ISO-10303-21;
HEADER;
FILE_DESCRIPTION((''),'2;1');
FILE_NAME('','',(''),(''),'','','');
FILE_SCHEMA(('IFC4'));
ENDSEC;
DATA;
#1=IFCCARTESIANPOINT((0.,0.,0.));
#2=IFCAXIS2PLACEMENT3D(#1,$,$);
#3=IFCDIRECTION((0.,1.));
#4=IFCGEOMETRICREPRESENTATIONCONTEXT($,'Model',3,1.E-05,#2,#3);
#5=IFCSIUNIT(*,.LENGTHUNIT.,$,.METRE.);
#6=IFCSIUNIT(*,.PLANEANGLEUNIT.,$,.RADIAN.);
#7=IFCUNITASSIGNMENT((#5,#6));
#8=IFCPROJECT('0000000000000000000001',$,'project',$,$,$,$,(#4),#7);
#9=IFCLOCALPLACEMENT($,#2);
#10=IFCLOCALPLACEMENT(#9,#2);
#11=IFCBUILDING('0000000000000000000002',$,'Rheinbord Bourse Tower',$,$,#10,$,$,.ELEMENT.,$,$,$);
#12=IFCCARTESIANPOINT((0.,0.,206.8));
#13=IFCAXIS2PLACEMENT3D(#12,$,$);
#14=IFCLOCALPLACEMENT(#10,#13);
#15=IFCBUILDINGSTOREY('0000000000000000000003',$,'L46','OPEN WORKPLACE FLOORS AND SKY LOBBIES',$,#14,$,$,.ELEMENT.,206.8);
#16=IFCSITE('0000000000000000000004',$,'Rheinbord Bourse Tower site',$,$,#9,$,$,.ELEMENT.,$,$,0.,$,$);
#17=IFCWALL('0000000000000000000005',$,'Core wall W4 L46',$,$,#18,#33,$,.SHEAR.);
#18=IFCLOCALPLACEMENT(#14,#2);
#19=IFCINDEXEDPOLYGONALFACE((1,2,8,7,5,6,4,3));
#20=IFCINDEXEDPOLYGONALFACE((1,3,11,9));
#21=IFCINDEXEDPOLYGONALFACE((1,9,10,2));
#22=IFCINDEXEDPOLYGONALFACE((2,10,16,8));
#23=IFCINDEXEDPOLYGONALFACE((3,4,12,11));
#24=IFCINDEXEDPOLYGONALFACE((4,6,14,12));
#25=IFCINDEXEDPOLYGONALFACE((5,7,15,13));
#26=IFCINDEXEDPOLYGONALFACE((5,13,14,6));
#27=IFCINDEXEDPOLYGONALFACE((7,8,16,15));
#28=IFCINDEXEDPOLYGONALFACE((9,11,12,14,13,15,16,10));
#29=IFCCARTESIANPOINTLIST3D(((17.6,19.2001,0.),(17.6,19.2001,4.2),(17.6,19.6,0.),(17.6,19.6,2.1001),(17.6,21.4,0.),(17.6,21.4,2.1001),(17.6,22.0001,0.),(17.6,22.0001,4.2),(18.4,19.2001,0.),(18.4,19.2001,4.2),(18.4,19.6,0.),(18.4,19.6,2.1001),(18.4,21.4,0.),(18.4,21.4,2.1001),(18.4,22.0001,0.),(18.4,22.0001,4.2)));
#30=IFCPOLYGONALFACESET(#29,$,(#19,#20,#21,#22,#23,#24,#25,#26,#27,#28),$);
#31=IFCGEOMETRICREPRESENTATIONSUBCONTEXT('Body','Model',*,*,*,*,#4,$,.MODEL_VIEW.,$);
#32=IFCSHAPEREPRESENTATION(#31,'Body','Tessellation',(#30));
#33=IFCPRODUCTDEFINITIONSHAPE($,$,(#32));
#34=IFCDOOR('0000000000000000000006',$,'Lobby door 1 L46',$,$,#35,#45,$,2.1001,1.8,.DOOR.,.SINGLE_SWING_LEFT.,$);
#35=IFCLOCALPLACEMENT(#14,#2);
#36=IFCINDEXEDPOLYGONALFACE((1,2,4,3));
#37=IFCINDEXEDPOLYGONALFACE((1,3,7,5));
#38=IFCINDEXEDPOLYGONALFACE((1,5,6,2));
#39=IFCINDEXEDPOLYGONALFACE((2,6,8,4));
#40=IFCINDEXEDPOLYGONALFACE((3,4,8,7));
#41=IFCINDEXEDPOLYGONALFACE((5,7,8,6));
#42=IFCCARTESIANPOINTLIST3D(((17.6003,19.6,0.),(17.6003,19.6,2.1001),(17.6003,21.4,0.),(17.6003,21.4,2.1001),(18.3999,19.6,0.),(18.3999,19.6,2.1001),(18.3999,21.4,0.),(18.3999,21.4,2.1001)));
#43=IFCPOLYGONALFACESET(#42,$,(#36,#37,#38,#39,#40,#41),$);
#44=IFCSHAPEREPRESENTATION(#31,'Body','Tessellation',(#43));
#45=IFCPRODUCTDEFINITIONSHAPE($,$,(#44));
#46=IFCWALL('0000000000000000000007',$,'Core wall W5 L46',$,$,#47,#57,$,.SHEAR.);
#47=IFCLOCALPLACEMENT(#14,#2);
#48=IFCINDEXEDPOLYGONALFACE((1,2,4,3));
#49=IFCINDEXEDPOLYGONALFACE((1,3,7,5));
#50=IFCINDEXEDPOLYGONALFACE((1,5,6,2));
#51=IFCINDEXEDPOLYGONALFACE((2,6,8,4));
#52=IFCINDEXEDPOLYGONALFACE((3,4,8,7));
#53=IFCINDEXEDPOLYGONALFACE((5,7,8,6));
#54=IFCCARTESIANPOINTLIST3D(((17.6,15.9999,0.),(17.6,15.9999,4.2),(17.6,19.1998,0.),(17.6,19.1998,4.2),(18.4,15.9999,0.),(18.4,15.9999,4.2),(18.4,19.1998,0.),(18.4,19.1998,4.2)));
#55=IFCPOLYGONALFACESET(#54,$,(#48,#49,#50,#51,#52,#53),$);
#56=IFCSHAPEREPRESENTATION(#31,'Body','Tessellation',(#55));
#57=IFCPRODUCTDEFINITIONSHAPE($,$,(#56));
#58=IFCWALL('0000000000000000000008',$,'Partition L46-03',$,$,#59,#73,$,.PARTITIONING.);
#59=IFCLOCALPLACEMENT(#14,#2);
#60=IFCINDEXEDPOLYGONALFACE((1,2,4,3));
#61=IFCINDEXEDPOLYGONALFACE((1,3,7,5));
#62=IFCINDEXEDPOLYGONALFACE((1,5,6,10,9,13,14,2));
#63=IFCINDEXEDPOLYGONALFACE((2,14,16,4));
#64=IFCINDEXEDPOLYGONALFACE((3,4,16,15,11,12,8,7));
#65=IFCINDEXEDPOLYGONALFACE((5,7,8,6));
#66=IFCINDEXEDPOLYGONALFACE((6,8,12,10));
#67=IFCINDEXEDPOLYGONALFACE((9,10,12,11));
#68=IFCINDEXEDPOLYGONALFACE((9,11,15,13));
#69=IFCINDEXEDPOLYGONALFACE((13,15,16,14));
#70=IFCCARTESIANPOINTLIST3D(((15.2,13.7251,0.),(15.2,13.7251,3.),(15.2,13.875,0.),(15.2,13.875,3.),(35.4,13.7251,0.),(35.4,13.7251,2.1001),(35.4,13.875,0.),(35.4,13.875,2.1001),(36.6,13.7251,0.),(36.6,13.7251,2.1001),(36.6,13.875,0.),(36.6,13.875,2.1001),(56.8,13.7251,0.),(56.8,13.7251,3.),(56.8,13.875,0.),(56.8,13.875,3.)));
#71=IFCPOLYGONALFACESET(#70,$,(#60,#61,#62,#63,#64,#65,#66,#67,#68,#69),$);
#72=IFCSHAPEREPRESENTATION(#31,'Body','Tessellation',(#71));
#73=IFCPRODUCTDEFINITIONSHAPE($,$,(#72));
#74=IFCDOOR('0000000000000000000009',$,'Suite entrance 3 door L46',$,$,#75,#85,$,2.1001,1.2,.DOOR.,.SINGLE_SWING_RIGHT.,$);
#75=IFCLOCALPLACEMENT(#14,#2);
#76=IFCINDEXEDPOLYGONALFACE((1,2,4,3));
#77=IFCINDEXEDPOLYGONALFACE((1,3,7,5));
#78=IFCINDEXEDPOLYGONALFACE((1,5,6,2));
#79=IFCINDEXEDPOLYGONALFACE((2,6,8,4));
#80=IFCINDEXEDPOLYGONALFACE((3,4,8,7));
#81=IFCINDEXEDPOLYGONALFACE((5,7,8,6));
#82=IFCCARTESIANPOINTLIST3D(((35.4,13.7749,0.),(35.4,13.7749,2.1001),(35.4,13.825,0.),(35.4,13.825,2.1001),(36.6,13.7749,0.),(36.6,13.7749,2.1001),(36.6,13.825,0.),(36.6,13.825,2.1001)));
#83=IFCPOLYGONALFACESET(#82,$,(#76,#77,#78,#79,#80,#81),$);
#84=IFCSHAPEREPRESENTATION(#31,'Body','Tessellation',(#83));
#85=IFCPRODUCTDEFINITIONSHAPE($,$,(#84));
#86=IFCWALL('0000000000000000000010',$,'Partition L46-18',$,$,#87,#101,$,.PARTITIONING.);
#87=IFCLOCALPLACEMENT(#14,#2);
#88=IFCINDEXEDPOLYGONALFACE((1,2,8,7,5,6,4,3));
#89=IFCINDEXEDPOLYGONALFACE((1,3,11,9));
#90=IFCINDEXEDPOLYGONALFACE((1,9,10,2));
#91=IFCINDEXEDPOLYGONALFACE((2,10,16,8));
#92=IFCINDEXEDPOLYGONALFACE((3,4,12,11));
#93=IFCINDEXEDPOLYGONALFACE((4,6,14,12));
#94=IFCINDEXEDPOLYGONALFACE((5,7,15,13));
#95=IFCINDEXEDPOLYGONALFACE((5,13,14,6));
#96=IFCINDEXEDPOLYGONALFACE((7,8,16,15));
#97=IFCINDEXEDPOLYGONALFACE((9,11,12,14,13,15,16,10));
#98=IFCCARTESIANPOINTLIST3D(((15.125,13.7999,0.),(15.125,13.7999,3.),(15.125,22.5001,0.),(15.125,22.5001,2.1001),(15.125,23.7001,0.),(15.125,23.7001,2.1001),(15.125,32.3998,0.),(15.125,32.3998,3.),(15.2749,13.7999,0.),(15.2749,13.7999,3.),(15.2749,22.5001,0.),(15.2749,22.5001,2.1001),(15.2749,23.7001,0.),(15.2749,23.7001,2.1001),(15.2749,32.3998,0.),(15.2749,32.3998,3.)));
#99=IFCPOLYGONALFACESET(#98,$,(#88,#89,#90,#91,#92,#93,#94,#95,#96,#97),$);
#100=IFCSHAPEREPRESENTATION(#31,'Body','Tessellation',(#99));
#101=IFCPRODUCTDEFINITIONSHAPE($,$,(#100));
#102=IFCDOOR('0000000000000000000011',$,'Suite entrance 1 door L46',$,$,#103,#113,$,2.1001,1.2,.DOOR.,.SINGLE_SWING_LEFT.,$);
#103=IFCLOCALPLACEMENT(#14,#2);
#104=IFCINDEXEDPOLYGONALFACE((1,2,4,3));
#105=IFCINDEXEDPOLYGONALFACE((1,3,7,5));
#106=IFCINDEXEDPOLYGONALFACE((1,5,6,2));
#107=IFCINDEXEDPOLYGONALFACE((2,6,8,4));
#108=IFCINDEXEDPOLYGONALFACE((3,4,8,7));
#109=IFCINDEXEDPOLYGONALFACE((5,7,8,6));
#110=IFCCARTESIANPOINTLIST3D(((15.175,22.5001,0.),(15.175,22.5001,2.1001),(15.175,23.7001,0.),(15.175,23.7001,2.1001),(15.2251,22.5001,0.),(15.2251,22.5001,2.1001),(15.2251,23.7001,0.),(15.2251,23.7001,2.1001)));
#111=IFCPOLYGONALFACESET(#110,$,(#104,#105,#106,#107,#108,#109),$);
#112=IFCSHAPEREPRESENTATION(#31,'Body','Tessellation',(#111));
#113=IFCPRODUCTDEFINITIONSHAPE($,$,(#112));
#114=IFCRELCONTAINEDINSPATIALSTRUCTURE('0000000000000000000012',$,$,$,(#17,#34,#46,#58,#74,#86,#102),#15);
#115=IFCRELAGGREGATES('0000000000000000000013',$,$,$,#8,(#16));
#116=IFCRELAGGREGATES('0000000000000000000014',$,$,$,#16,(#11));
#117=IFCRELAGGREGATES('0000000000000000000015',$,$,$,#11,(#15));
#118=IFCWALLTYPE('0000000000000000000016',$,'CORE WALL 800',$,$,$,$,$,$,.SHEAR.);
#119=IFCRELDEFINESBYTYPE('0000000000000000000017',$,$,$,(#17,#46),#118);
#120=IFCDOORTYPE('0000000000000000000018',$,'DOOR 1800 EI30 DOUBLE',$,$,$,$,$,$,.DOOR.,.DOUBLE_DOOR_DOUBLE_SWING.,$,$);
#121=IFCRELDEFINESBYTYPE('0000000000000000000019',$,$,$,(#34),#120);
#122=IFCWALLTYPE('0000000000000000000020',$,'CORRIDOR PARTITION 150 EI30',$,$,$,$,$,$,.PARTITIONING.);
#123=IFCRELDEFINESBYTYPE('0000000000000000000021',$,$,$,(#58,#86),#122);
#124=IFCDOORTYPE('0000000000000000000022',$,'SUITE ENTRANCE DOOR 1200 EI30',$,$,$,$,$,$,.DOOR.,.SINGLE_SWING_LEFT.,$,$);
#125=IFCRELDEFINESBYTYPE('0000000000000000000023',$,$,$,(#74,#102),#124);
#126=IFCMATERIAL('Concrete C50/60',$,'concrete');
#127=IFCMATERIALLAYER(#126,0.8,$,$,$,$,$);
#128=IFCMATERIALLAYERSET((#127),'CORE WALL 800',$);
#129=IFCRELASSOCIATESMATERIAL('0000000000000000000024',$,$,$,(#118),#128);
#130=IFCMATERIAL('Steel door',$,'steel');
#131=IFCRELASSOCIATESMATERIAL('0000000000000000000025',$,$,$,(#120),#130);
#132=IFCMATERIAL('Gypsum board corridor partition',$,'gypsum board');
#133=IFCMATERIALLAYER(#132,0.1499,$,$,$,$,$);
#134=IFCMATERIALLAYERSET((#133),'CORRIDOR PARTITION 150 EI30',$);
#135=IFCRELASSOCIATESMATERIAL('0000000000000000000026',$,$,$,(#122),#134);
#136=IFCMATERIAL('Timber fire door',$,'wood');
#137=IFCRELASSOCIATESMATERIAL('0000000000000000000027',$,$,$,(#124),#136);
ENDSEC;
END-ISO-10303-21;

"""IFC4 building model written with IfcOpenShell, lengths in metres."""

from ifc_helpers import new_model, si_unit, direction, frame, frame_2d, origin, place, context, subcontext, project, spatial, rectangle, extrude, material, layer, layer_set, type_object, element, fill, save


model = new_model("IFC4")

# Units and contexts
model_context = context("Model", 3, precision=1e-05, world=origin(), true_north=direction((0.0, 1.0)))
body_context = subcontext(model_context, "Body", "Model", "MODEL_VIEW")
ifc_project = project(units=[si_unit("LENGTHUNIT", "METRE"), si_unit("PLANEANGLEUNIT", "RADIAN")], contexts=[model_context])

# Site, building, storey
site_placement = place(None, origin())
site = spatial("IfcSite", under=ifc_project, at=site_placement, Name="Rheinbord Bourse Tower site", CompositionType="ELEMENT", RefElevation=0.0)
building_placement = place(site_placement, origin())
building = spatial("IfcBuilding", under=site, at=building_placement, Name="Rheinbord Bourse Tower", CompositionType="ELEMENT")
storey_placement = place(building_placement, frame((0.0, 0.0, 206.8)))
storey = spatial("IfcBuildingStorey", under=building, at=storey_placement, Name="L46", Description="OPEN WORKPLACE FLOORS AND SKY LOBBIES", CompositionType="ELEMENT", Elevation=206.8)

# Shared definitions
ifc_material_1 = material(Name="Concrete C50/60", Category="concrete")
ifc_layer_1 = layer(ifc_material_1, 0.8)
ifc_layer_set_1 = layer_set([ifc_layer_1], Name="CORE WALL 800")
wall_type_1 = type_object("IfcWallType", Name="CORE WALL 800", PredefinedType="SHEAR", material=ifc_layer_set_1)

# Wall, opening, door
wall_1_placement = place(storey_placement, frame((18.0, 22.0, 0.0), z_axis=(0.0, 0.0, 1.0), x_axis=(0.0, -1.0, 0.0)))
wall_1 = element("IfcWall", 1, at=wall_1_placement, inside=storey, type_object=wall_type_1, Name="Core wall W4 L46", PredefinedType="SHEAR", context=body_context, shape_type="SweptSolid", body=[
    extrude(rectangle(XDim=2.8, YDim=0.8, at=frame_2d((1.3999, 0.0))), origin(), (0.0, 0.0, 1.0), 4.2),
])
opening_1_placement = place(wall_1_placement, frame((0.6001, 0.0, 0.0)))
opening_1 = element("IfcOpeningElement", 2, at=opening_1_placement, cuts=wall_1, PredefinedType="OPENING", context=body_context, shape_type="SweptSolid", body=[
    extrude(rectangle(XDim=1.8, YDim=2.1001, at=frame_2d((0.8999, 1.05))), frame((0.0, 0.4099, 0.0), z_axis=(0.0, -1.0, 0.0), x_axis=(1.0, 0.0, 0.0)), (0.0, 0.0, 1.0), 0.8201),
])
ifc_material_2 = material(Name="Steel door", Category="steel")
door_type_1 = type_object("IfcDoorType", Name="DOOR 1800 EI30 DOUBLE", OperationType="DOUBLE_DOOR_DOUBLE_SWING", PredefinedType="DOOR", material=ifc_material_2)
door_1_placement = place(opening_1_placement, origin())
door_1 = element("IfcDoor", 3, at=door_1_placement, inside=storey, type_object=door_type_1, Name="Lobby door 1 L46", OperationType="SINGLE_SWING_LEFT", OverallHeight=2.1001, OverallWidth=1.8, PredefinedType="DOOR", context=body_context, shape_type="SweptSolid", body=[
    extrude(rectangle(XDim=1.8, YDim=2.1001, at=frame_2d((0.8999, 1.05))), frame((0.0, 0.3999, 0.0), z_axis=(0.0, -1.0, 0.0), x_axis=(1.0, 0.0, 0.0)), (0.0, 0.0, 1.0), 0.7996),
])
fill(opening_1, door_1)

# Wall
wall_2_placement = place(storey_placement, frame((18.0, 19.2, 0.0), z_axis=(0.0, 0.0, 1.0), x_axis=(0.0, -1.0, 0.0)))
element("IfcWall", 4, at=wall_2_placement, inside=storey, type_object=wall_type_1, Name="Core wall W5 L46", PredefinedType="SHEAR", context=body_context, shape_type="SweptSolid", body=[
    extrude(rectangle(XDim=3.2, YDim=0.8, at=frame_2d((1.6001, 0.0))), origin(), (0.0, 0.0, 1.0), 4.2),
])

# Walls, openings, doors
ifc_material_3 = material(Name="Gypsum board corridor partition", Category="gypsum board")
ifc_layer_2 = layer(ifc_material_3, 0.1499)
ifc_layer_set_2 = layer_set([ifc_layer_2], Name="CORRIDOR PARTITION 150 EI30")
wall_type_2 = type_object("IfcWallType", Name="CORRIDOR PARTITION 150 EI30", PredefinedType="PARTITIONING", material=ifc_layer_set_2)
wall_3_placement = place(storey_placement, frame((15.2, 13.8, 0.0), z_axis=(0.0, 0.0, 1.0), x_axis=(1.0, 0.0, 0.0)))
wall_3 = element("IfcWall", 5, at=wall_3_placement, inside=storey, type_object=wall_type_2, Name="Partition L46-03", PredefinedType="PARTITIONING", context=body_context, shape_type="SweptSolid", body=[
    extrude(rectangle(XDim=41.6001, YDim=0.1499, at=frame_2d((20.8, 0.0))), origin(), (0.0, 0.0, 1.0), 3.0),
])
opening_2_placement = place(wall_3_placement, frame((20.2, 0.0, 0.0)))
opening_2 = element("IfcOpeningElement", 6, at=opening_2_placement, cuts=wall_3, PredefinedType="OPENING", context=body_context, shape_type="SweptSolid", body=[
    extrude(rectangle(XDim=1.2, YDim=2.1001, at=frame_2d((0.6001, 1.05))), frame((0.0, 0.085, 0.0), z_axis=(0.0, -1.0, 0.0), x_axis=(1.0, 0.0, 0.0)), (0.0, 0.0, 1.0), 0.1699),
])
ifc_material_4 = material(Name="Timber fire door", Category="wood")
door_type_2 = type_object("IfcDoorType", Name="SUITE ENTRANCE DOOR 1200 EI30", OperationType="SINGLE_SWING_LEFT", PredefinedType="DOOR", material=ifc_material_4)
door_2_placement = place(opening_2_placement, origin())
door_2 = element("IfcDoor", 7, at=door_2_placement, inside=storey, type_object=door_type_2, Name="Suite entrance 3 door L46", OperationType="SINGLE_SWING_RIGHT", OverallHeight=2.1001, OverallWidth=1.2, PredefinedType="DOOR", context=body_context, shape_type="SweptSolid", body=[
    extrude(rectangle(XDim=1.2, YDim=2.1001, at=frame_2d((0.6001, 1.05))), frame((0.0, 0.0249, 0.0), z_axis=(0.0, -1.0, 0.0), x_axis=(1.0, 0.0, 0.0)), (0.0, 0.0, 1.0), 0.05),
])
fill(opening_2, door_2)
wall_4_placement = place(storey_placement, frame((15.2, 13.8, 0.0), z_axis=(0.0, 0.0, 1.0), x_axis=(0.0, 1.0, 0.0)))
wall_4 = element("IfcWall", 8, at=wall_4_placement, inside=storey, type_object=wall_type_2, Name="Partition L46-18", PredefinedType="PARTITIONING", context=body_context, shape_type="SweptSolid", body=[
    extrude(rectangle(XDim=18.5999, YDim=0.1499, at=frame_2d((9.2998, 0.0))), origin(), (0.0, 0.0, 1.0), 3.0),
])
opening_3_placement = place(wall_4_placement, frame((8.7, 0.0, 0.0)))
opening_3 = element("IfcOpeningElement", 9, at=opening_3_placement, cuts=wall_4, PredefinedType="OPENING", context=body_context, shape_type="SweptSolid", body=[
    extrude(rectangle(XDim=1.2, YDim=2.1001, at=frame_2d((0.6001, 1.05))), frame((0.0, 0.085, 0.0), z_axis=(0.0, -1.0, 0.0), x_axis=(1.0, 0.0, 0.0)), (0.0, 0.0, 1.0), 0.1699),
])
door_3_placement = place(opening_3_placement, origin())
door_3 = element("IfcDoor", 10, at=door_3_placement, inside=storey, type_object=door_type_2, Name="Suite entrance 1 door L46", OperationType="SINGLE_SWING_LEFT", OverallHeight=2.1001, OverallWidth=1.2, PredefinedType="DOOR", context=body_context, shape_type="SweptSolid", body=[
    extrude(rectangle(XDim=1.2, YDim=2.1001, at=frame_2d((0.6001, 1.05))), frame((0.0, 0.0249, 0.0), z_axis=(0.0, -1.0, 0.0), x_axis=(1.0, 0.0, 0.0)), (0.0, 0.0, 1.0), 0.05),
])
fill(opening_3, door_3)

save(model, "model.ifc")
